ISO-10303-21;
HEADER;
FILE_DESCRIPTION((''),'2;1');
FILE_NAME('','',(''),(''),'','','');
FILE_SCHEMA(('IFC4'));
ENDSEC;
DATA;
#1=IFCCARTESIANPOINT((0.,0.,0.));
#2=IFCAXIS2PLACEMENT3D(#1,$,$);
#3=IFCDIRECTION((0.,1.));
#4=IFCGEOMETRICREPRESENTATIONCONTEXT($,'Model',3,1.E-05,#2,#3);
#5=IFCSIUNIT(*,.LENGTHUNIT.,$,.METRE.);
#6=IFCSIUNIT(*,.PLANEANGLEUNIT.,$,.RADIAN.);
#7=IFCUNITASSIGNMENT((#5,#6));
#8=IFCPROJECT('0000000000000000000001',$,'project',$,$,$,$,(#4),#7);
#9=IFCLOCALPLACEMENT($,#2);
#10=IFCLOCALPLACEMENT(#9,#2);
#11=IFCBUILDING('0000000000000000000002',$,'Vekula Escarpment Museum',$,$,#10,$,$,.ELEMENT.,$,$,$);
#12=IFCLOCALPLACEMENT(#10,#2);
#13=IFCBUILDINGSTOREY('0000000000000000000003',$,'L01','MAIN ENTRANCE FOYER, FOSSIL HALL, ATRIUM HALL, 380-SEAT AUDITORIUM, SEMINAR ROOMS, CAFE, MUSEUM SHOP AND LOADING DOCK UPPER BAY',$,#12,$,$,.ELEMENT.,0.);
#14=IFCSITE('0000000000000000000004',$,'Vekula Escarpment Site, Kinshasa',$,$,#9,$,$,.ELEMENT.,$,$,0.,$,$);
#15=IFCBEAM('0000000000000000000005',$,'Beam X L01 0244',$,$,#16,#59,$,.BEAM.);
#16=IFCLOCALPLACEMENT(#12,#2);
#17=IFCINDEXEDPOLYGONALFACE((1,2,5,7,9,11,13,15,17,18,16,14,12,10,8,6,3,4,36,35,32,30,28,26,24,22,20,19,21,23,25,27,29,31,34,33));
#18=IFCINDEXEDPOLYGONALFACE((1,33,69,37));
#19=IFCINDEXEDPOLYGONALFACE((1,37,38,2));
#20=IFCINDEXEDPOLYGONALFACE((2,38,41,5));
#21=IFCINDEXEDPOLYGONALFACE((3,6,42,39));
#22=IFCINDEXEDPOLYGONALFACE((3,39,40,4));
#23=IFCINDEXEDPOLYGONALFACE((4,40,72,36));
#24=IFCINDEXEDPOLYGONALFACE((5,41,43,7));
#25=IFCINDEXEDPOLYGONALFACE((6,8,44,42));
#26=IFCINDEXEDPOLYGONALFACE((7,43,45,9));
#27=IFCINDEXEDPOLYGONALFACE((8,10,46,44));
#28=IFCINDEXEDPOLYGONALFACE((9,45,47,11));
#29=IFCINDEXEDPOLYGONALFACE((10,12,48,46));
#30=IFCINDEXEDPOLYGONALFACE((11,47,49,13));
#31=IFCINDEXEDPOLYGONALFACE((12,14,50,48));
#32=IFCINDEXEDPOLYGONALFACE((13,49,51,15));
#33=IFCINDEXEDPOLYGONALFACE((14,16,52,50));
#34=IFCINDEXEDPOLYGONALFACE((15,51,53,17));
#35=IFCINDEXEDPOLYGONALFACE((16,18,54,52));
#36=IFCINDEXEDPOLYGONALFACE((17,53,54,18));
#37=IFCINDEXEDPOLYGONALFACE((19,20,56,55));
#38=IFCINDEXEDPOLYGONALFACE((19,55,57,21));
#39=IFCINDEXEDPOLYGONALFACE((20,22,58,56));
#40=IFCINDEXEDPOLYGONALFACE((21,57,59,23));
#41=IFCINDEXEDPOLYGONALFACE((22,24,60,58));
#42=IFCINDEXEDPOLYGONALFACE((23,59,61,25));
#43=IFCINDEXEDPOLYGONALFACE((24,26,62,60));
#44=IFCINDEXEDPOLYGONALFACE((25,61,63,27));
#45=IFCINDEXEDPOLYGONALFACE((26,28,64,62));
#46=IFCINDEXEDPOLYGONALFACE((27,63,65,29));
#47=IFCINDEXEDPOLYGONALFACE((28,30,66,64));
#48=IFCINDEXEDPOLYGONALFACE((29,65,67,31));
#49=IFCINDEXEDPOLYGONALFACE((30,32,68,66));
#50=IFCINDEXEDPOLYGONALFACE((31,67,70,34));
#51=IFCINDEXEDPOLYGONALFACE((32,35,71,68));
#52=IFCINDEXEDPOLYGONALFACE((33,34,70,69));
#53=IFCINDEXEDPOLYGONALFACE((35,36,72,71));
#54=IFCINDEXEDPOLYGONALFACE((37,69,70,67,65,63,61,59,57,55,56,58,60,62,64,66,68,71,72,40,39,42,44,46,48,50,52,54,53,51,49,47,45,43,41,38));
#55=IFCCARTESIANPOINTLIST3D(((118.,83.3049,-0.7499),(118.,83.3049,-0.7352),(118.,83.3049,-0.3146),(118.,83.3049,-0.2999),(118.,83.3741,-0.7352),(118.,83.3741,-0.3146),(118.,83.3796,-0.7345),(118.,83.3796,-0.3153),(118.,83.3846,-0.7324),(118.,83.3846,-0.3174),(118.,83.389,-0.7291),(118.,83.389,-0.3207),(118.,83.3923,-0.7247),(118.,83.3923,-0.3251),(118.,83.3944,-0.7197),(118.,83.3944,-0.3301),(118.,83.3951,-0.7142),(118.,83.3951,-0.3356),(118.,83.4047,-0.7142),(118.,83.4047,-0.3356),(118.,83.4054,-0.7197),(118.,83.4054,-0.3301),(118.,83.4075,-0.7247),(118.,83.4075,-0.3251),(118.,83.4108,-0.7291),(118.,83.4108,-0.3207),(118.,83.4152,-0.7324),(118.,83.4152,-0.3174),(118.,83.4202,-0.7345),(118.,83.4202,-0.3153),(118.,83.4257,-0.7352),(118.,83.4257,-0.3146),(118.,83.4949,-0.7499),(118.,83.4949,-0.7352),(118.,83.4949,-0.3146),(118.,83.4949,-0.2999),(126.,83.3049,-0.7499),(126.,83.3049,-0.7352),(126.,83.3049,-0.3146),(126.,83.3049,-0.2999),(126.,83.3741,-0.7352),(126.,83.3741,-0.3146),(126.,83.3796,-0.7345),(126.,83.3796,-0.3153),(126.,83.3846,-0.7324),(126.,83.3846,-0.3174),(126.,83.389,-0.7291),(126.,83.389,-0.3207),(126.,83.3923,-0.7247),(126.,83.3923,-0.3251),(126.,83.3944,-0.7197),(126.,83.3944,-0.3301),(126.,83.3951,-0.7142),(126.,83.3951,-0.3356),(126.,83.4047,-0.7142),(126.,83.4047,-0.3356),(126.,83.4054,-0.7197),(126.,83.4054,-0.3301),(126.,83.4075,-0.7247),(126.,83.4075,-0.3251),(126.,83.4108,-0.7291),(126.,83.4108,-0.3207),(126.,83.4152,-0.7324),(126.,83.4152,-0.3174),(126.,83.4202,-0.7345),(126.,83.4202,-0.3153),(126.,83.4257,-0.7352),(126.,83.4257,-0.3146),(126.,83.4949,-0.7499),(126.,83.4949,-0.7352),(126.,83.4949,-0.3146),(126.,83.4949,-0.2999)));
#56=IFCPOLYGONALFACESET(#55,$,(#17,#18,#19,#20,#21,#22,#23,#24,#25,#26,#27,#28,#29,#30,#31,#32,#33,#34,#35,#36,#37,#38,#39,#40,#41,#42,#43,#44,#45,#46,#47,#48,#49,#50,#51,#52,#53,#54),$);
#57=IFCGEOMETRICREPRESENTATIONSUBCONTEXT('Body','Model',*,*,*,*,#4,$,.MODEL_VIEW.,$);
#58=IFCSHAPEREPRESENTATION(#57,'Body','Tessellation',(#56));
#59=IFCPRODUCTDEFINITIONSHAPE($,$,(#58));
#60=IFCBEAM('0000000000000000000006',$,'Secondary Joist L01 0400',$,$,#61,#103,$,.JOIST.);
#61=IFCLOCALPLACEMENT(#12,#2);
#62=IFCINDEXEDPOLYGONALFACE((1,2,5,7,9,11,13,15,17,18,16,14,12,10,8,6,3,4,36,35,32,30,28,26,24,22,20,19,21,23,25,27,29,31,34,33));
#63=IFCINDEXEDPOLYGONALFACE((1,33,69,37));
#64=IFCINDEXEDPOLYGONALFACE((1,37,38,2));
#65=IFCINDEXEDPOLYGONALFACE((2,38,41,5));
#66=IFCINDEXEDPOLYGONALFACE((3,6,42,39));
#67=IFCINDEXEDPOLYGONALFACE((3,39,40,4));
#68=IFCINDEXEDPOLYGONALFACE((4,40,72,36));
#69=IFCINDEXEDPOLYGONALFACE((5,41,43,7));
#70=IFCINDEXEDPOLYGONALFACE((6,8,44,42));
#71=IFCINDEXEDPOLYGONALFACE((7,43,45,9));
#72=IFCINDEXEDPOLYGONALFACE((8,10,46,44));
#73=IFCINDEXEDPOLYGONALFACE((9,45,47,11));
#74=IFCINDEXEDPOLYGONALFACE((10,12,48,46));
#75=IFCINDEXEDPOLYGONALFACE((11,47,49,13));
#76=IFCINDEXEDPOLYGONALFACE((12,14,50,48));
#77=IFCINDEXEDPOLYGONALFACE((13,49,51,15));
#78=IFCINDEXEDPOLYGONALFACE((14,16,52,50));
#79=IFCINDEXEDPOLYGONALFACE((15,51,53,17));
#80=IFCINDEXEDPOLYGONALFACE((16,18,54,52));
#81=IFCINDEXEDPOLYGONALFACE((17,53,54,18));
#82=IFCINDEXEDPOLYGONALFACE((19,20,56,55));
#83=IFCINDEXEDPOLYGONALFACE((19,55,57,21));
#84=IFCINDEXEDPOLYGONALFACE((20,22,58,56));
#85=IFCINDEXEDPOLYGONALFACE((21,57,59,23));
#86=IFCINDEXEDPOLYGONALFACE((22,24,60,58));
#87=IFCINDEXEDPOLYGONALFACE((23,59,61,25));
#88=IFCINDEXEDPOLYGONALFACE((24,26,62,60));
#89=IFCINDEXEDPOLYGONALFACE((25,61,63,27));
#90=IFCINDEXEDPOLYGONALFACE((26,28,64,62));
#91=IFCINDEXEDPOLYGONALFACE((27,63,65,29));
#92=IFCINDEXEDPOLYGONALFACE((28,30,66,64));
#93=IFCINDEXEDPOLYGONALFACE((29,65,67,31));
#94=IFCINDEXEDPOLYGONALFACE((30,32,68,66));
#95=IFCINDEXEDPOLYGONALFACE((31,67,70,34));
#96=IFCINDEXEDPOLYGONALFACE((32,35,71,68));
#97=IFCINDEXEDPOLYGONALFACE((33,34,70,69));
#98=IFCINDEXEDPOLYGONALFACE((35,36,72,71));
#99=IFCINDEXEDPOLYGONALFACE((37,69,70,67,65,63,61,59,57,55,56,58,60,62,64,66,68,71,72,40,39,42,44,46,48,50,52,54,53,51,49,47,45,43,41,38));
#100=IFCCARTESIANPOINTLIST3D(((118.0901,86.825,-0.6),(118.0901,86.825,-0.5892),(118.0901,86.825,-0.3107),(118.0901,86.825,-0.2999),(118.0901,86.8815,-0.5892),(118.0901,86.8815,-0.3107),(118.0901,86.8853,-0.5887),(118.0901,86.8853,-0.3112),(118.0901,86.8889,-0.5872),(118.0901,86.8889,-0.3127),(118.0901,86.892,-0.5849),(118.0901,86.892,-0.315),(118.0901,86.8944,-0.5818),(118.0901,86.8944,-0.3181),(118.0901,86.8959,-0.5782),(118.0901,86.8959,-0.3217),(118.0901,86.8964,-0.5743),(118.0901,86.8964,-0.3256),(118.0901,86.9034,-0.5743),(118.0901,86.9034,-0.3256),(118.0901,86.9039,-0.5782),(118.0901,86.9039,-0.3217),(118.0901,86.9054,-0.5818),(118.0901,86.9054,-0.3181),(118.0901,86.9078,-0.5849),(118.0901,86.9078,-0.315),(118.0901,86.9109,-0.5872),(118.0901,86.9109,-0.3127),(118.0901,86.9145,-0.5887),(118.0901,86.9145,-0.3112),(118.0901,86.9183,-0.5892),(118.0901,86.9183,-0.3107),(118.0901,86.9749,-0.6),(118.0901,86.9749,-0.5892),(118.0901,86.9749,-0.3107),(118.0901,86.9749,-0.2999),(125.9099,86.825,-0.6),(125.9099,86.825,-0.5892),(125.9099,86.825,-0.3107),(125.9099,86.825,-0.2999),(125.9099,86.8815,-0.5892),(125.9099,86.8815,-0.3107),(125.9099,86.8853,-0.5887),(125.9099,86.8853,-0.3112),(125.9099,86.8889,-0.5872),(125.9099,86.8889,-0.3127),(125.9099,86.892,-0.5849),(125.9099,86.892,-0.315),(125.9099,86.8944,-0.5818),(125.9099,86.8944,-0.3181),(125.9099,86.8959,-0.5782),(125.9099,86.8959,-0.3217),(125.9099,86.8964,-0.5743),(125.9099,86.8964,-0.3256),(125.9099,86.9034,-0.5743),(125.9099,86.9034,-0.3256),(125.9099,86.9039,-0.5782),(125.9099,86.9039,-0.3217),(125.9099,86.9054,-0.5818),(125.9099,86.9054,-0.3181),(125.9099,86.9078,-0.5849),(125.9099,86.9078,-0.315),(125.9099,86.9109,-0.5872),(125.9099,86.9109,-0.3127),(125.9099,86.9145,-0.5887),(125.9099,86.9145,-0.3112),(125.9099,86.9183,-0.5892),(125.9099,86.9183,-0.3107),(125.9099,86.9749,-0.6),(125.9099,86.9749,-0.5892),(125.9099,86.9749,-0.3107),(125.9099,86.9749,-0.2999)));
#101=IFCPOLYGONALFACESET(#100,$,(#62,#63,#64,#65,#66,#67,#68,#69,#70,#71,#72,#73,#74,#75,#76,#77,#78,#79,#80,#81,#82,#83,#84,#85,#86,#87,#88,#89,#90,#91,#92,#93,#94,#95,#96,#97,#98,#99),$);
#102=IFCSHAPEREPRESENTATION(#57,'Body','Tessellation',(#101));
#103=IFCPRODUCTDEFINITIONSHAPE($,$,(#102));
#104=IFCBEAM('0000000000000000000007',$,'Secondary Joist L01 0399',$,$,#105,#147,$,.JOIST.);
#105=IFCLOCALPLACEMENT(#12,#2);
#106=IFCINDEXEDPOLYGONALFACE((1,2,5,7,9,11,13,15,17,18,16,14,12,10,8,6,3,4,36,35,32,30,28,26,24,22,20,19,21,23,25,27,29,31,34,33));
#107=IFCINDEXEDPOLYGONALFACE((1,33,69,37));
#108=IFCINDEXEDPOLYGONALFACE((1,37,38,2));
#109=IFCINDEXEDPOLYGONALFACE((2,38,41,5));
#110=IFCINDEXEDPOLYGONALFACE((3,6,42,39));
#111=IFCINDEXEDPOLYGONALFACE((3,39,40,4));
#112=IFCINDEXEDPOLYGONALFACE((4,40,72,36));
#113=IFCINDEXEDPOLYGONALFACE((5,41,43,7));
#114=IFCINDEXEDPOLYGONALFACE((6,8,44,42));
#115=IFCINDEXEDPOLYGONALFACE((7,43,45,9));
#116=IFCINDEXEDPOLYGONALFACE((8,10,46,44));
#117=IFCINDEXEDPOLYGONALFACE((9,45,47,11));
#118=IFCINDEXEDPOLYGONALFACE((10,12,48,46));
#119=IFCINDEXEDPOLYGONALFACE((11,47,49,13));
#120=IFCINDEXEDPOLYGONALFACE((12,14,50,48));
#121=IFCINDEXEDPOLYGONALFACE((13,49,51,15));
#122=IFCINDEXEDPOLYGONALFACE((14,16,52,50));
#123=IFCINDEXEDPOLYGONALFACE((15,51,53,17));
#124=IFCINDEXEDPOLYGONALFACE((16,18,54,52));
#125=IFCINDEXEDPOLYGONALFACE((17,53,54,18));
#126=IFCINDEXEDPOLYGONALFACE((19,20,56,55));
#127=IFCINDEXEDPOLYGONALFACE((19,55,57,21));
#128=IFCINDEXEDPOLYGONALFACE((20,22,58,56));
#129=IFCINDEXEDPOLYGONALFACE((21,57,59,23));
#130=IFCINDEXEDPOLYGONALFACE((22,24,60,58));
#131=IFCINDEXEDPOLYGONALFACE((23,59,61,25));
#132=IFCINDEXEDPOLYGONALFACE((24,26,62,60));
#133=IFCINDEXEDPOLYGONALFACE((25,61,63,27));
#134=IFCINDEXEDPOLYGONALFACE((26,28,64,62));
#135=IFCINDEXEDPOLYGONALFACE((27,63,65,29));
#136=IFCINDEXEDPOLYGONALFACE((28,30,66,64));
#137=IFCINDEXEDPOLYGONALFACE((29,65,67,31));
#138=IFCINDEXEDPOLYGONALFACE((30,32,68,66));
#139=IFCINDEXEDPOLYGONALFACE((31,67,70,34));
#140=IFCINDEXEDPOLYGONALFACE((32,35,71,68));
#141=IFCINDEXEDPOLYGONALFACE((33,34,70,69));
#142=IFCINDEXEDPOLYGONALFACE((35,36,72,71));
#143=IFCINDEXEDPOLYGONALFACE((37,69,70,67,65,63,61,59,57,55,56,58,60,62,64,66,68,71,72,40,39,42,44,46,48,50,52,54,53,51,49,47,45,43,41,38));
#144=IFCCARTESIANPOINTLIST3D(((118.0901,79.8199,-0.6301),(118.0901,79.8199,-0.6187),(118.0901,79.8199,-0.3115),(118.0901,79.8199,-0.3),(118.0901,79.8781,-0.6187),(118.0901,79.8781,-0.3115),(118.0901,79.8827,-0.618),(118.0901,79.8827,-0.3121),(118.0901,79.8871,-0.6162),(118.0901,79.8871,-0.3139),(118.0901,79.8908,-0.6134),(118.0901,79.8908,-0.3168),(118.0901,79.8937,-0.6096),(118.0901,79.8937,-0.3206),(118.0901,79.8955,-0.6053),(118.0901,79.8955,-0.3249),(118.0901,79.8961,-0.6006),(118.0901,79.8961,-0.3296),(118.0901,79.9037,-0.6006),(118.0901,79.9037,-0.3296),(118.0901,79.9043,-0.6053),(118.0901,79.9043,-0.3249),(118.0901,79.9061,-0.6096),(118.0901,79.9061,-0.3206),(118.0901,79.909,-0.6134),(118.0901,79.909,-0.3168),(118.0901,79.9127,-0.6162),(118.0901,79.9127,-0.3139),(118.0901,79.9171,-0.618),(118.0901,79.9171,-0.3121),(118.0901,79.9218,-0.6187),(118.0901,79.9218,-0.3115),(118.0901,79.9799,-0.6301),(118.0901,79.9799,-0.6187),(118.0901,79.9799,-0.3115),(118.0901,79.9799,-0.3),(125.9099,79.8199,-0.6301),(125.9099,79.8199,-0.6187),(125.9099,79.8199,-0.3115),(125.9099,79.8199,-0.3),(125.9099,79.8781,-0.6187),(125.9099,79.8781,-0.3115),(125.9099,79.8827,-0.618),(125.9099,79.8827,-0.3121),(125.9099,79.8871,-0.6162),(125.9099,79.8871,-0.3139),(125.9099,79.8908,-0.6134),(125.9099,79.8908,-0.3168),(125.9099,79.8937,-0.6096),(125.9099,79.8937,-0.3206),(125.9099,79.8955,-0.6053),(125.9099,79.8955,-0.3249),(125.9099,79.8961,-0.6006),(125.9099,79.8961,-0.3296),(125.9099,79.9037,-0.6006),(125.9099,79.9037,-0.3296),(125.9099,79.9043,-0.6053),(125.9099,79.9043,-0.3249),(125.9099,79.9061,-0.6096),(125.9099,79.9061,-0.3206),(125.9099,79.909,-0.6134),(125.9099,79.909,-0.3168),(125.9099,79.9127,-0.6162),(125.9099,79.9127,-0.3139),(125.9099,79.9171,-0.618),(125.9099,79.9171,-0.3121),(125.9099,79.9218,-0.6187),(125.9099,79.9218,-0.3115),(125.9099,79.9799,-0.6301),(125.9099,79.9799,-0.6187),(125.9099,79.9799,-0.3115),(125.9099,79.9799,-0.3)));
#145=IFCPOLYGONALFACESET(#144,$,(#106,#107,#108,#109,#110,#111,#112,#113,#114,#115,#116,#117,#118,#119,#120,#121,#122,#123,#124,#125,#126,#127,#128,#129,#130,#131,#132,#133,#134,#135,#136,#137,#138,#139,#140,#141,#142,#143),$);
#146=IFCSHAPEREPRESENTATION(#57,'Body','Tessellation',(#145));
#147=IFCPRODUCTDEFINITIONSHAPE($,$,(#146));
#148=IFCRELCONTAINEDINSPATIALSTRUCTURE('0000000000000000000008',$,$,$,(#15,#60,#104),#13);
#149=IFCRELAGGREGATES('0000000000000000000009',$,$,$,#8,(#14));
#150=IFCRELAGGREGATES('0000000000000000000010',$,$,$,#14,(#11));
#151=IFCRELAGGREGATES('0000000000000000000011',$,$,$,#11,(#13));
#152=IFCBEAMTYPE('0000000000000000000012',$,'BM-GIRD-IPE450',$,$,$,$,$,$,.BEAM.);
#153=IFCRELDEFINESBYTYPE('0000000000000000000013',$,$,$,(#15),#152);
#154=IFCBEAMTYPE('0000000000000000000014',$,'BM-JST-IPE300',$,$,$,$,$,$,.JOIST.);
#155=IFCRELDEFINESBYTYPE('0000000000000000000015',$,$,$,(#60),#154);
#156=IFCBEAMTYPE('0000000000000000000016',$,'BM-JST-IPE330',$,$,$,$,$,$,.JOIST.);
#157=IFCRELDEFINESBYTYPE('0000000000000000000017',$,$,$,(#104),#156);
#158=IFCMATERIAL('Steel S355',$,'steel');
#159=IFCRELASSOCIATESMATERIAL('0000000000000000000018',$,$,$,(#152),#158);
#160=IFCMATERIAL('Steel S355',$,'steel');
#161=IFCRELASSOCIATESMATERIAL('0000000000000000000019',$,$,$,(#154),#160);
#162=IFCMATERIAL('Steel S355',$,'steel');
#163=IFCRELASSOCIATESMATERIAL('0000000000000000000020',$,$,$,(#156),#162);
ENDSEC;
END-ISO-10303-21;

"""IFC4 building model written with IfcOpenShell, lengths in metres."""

from ifc_helpers import new_model, si_unit, direction, frame, origin, origin_2d, place, context, subcontext, project, spatial, i_section, extrude, material, material_profile, profile_set, type_object, element, save


model = new_model("IFC4")

# Units and contexts
model_context = context("Model", 3, precision=1e-05, world=origin(), true_north=direction((0.0, 1.0)))
body_context = subcontext(model_context, "Body", "Model", "MODEL_VIEW")
ifc_project = project(units=[si_unit("LENGTHUNIT", "METRE"), si_unit("PLANEANGLEUNIT", "RADIAN")], contexts=[model_context])

# Site, building, storey
site_placement = place(None, origin())
site = spatial("IfcSite", under=ifc_project, at=site_placement, Name="Vekula Escarpment Site, Kinshasa", CompositionType="ELEMENT", RefElevation=0.0)
building_placement = place(site_placement, origin())
building = spatial("IfcBuilding", under=site, at=building_placement, Name="Vekula Escarpment Museum", CompositionType="ELEMENT")
storey_placement = place(building_placement, origin())
storey = spatial("IfcBuildingStorey", under=building, at=storey_placement, Name="L01", Description="MAIN ENTRANCE FOYER, FOSSIL HALL, ATRIUM HALL, 380-SEAT AUDITORIUM, SEMINAR ROOMS, CAFE, MUSEUM SHOP AND LOADING DOCK UPPER BAY", CompositionType="ELEMENT", Elevation=0.0)

# Beams
ifc_material_1 = material(Name="Steel S355", Category="steel")
ifc_material_profile_1 = material_profile(ifc_material_1, i_section(OverallWidth=0.1899, OverallDepth=0.45, WebThickness=0.0095, FlangeThickness=0.0146, FilletRadius=0.021, at=origin_2d()), Name="IPE 450")
ifc_profile_set_1 = profile_set([ifc_material_profile_1], Name="Steel S355")
beam_type_1 = type_object("IfcBeamType", Name="BM-GIRD-IPE450", PredefinedType="BEAM", material=ifc_profile_set_1)
beam_1_placement = place(storey_placement, frame((118.0, 83.3999, -0.5249), z_axis=(1.0, 0.0, 0.0), x_axis=(0.0, 1.0, 0.0)))
element("IfcBeam", 1, at=beam_1_placement, inside=storey, type_object=beam_type_1, Name="Beam X L01 0244", PredefinedType="BEAM", context=body_context, shape_type="SweptSolid", body=[
    extrude(i_section(OverallWidth=0.1899, OverallDepth=0.45, WebThickness=0.0095, FlangeThickness=0.0146, FilletRadius=0.021, at=origin_2d()), origin(), (0.0, 0.0, 1.0), 8.0),
])
ifc_material_2 = material(Name="Steel S355", Category="steel")
ifc_material_profile_2 = material_profile(ifc_material_2, i_section(OverallWidth=0.1499, OverallDepth=0.3, WebThickness=0.0071, FlangeThickness=0.0107, FilletRadius=0.0149, at=origin_2d()), Name="IPE 300")
ifc_profile_set_2 = profile_set([ifc_material_profile_2], Name="Steel S355")
beam_type_2 = type_object("IfcBeamType", Name="BM-JST-IPE300", PredefinedType="JOIST", material=ifc_profile_set_2)
beam_2_placement = place(storey_placement, frame((118.0901, 86.8999, -0.45), z_axis=(1.0, 0.0, 0.0), x_axis=(0.0, 1.0, 0.0)))
element("IfcBeam", 2, at=beam_2_placement, inside=storey, type_object=beam_type_2, Name="Secondary Joist L01 0400", PredefinedType="JOIST", context=body_context, shape_type="SweptSolid", body=[
    extrude(i_section(OverallWidth=0.1499, OverallDepth=0.3, WebThickness=0.0071, FlangeThickness=0.0107, FilletRadius=0.0149, at=origin_2d()), origin(), (0.0, 0.0, 1.0), 7.8198),
])
ifc_material_3 = material(Name="Steel S355", Category="steel")
ifc_material_profile_3 = material_profile(ifc_material_3, i_section(OverallWidth=0.1599, OverallDepth=0.3301, WebThickness=0.0076, FlangeThickness=0.0115, FilletRadius=0.0181, at=origin_2d()), Name="IPE 330")
ifc_profile_set_3 = profile_set([ifc_material_profile_3], Name="Steel S355")
beam_type_3 = type_object("IfcBeamType", Name="BM-JST-IPE330", PredefinedType="JOIST", material=ifc_profile_set_3)
beam_3_placement = place(storey_placement, frame((118.0901, 79.8999, -0.4651), z_axis=(1.0, 0.0, 0.0), x_axis=(0.0, 1.0, 0.0)))
element("IfcBeam", 3, at=beam_3_placement, inside=storey, type_object=beam_type_3, Name="Secondary Joist L01 0399", PredefinedType="JOIST", context=body_context, shape_type="SweptSolid", body=[
    extrude(i_section(OverallWidth=0.1599, OverallDepth=0.3301, WebThickness=0.0076, FlangeThickness=0.0115, FilletRadius=0.0181, at=origin_2d()), origin(), (0.0, 0.0, 1.0), 7.8198),
])

save(model, "model.ifc")
